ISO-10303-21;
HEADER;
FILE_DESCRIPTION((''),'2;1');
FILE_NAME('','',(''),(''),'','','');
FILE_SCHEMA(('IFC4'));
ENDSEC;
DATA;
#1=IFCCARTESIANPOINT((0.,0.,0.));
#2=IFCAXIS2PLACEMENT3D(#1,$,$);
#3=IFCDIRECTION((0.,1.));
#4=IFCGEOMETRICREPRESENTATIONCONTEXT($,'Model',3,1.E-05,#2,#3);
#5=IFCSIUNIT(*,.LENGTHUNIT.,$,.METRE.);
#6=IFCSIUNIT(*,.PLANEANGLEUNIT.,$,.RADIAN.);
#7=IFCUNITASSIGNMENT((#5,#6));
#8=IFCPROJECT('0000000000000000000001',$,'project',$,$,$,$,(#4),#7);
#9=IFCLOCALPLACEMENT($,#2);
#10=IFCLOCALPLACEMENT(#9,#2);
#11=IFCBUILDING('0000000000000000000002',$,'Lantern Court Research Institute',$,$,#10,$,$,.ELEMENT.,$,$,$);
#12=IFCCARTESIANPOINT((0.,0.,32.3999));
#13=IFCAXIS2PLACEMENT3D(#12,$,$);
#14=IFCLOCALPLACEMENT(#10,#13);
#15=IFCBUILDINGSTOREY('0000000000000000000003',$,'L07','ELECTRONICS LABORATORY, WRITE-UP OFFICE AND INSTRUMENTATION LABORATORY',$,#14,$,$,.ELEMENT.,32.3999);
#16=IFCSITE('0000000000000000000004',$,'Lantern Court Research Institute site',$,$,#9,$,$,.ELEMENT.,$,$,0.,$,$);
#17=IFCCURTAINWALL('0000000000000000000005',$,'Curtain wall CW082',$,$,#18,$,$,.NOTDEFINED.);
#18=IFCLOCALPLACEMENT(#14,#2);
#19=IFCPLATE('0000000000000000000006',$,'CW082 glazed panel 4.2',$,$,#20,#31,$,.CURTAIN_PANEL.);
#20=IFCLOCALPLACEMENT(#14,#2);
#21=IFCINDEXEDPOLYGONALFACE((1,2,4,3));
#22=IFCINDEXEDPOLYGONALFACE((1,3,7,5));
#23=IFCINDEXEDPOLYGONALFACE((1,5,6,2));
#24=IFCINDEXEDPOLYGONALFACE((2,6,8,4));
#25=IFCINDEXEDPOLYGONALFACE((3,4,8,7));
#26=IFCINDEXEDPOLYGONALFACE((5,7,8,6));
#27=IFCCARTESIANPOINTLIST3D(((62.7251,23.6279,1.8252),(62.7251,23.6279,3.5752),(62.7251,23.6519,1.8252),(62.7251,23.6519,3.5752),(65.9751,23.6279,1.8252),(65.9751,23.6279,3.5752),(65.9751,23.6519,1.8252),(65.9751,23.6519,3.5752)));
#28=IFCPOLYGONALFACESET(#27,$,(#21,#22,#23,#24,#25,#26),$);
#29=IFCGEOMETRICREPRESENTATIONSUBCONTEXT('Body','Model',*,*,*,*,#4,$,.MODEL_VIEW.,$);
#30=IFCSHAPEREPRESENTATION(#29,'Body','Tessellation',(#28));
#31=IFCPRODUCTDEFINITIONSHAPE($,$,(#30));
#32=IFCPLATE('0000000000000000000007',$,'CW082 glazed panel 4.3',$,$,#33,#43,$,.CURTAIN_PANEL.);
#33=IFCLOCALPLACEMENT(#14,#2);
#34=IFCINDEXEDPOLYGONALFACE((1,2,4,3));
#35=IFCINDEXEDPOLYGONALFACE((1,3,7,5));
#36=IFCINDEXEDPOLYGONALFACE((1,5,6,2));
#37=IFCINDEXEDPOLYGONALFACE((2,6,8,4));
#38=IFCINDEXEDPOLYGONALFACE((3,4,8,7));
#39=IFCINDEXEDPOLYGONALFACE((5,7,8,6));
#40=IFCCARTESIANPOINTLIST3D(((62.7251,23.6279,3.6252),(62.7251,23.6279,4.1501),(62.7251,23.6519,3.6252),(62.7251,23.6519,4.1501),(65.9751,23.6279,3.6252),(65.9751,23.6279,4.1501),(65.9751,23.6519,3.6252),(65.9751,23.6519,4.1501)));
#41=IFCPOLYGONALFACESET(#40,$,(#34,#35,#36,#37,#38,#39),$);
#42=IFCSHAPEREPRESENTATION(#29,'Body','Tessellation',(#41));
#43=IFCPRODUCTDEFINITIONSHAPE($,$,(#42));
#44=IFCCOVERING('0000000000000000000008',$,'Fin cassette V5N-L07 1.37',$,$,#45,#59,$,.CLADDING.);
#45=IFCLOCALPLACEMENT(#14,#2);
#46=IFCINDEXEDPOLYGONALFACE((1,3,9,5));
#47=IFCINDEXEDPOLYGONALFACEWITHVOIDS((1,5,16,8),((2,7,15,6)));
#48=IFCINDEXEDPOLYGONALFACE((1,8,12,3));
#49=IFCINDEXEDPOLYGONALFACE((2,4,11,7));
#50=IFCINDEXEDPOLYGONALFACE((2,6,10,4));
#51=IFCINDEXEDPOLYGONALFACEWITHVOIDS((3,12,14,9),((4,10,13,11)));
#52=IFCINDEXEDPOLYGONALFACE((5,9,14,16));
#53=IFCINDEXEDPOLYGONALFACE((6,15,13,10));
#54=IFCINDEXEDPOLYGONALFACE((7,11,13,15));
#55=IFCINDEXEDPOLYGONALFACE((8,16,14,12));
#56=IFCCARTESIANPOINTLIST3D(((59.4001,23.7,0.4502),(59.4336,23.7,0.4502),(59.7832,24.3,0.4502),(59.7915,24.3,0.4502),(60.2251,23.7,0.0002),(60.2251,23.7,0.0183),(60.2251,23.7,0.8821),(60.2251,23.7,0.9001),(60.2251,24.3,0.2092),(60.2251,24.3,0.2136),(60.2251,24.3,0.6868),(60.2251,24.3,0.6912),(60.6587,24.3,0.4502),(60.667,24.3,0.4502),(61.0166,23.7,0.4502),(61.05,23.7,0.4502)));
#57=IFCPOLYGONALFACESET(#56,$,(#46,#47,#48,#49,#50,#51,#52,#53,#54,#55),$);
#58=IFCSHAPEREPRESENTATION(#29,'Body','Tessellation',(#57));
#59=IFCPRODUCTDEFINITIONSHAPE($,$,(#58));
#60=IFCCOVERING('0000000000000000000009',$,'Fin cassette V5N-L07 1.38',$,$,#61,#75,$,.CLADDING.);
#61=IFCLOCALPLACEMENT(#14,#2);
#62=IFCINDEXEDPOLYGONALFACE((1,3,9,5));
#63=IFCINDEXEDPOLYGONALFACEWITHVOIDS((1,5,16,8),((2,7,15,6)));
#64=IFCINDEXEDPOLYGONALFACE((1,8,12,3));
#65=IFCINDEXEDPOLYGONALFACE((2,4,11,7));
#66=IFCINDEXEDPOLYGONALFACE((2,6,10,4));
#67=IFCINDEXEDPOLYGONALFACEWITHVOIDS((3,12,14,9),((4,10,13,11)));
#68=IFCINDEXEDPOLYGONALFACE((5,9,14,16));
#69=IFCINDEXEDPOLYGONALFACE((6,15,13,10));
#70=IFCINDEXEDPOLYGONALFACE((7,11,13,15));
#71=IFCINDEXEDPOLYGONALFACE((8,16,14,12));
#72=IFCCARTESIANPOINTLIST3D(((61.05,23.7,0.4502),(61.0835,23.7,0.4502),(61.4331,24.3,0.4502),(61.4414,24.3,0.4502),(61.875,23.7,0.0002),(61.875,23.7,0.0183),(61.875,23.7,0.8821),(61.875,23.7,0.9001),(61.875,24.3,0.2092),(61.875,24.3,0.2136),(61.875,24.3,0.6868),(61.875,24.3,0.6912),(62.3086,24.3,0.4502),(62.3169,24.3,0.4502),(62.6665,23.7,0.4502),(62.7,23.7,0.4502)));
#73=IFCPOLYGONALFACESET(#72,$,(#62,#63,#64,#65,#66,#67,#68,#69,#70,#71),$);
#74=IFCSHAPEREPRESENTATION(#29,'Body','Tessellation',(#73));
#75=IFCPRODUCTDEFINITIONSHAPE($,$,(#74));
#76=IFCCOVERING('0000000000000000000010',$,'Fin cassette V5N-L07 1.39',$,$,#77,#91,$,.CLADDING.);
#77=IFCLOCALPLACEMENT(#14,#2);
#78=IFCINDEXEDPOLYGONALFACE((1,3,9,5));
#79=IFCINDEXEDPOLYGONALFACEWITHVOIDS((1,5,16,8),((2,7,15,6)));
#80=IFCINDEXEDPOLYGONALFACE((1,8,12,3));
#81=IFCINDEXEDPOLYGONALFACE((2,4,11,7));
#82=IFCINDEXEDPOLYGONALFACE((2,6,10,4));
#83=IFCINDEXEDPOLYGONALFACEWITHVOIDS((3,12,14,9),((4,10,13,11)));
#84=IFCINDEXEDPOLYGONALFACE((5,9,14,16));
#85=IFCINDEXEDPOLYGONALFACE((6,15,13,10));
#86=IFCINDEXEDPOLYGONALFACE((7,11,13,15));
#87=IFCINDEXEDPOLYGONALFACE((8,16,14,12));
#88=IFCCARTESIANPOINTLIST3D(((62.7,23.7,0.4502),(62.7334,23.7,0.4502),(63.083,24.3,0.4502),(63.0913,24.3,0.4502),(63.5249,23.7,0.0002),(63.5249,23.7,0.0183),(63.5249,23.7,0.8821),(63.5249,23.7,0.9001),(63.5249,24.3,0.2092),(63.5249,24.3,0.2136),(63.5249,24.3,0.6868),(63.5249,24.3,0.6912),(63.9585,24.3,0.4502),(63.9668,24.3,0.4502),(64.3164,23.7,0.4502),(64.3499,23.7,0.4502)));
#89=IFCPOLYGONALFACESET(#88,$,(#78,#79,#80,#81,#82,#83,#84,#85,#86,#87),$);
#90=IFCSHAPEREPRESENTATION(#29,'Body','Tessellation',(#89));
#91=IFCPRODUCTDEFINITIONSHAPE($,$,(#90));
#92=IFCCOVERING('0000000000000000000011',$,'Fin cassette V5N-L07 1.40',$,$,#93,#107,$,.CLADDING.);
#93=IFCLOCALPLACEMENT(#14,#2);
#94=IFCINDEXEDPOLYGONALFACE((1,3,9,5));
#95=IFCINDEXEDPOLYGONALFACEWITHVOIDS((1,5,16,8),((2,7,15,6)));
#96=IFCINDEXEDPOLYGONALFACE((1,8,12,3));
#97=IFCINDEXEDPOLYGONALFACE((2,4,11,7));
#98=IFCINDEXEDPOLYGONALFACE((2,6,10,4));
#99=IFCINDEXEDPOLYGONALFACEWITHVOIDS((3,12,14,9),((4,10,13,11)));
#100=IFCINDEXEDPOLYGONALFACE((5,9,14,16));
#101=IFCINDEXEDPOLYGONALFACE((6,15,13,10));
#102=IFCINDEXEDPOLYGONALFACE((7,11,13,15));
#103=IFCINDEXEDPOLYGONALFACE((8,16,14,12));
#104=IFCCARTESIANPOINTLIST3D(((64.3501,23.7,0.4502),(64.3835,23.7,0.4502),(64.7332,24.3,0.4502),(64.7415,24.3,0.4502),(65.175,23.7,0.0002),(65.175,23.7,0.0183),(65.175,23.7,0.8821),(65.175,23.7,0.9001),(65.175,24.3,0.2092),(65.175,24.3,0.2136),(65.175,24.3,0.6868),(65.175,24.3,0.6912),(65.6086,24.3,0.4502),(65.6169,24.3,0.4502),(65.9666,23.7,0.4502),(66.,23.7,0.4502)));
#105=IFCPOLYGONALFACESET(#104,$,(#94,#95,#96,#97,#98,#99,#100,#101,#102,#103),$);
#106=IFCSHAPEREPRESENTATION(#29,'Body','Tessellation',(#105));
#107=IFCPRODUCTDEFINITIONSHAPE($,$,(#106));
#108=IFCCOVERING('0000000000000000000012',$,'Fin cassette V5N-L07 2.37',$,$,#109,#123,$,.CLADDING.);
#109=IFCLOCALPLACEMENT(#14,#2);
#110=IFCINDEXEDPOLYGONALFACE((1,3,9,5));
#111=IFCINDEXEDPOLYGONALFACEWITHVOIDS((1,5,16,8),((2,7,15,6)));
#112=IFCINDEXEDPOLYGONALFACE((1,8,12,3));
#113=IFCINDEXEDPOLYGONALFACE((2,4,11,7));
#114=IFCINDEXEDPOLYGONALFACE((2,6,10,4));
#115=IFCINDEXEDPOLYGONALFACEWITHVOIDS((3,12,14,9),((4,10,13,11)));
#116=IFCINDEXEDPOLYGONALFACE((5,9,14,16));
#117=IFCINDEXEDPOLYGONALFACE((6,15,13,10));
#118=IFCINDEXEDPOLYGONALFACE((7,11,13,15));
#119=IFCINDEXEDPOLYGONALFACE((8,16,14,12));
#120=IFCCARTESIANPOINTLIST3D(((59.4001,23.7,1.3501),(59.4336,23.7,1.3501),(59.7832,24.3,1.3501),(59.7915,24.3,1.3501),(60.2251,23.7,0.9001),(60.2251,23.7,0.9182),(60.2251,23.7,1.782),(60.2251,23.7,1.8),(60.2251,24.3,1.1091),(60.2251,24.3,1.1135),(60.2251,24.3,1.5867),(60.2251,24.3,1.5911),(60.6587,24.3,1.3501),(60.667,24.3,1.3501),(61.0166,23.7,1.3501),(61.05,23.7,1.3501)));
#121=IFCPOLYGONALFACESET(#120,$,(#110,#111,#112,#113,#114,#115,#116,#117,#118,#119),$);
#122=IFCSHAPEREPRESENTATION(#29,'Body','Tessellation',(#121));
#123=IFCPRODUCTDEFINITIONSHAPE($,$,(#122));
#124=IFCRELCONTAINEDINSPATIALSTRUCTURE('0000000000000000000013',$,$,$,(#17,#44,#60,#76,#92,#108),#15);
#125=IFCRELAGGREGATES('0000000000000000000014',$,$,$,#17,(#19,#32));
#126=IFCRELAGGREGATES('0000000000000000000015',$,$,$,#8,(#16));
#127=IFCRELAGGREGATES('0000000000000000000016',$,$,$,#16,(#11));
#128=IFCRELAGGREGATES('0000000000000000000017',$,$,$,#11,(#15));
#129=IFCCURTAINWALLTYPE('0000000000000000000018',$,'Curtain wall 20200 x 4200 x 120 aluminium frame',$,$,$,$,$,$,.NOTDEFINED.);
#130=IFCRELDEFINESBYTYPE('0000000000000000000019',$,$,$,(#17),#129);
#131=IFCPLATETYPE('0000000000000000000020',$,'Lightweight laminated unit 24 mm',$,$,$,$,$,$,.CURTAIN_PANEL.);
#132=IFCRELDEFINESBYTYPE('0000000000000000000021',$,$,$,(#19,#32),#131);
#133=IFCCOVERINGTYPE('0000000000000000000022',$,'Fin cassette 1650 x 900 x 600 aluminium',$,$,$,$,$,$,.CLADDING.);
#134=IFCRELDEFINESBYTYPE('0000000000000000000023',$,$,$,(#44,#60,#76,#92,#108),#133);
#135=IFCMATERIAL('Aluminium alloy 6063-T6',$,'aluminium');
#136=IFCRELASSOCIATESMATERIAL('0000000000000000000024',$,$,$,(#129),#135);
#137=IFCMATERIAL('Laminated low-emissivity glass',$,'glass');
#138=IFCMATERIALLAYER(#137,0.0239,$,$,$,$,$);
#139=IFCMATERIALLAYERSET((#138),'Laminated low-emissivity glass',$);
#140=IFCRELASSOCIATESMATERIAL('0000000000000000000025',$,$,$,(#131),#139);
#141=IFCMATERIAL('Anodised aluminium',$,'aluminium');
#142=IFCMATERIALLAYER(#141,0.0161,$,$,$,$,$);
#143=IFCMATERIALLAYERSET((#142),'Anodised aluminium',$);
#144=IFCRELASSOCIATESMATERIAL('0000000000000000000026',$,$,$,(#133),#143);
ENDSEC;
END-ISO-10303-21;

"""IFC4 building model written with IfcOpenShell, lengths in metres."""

from ifc_helpers import new_model, entity, si_unit, direction, frame, origin, origin_2d, place, context, subcontext, project, spatial, rectangle, extrude, material, layer, layer_set, type_object, element, aggregate, save


model = new_model("IFC4")

# Units and contexts
model_context = context("Model", 3, precision=1e-05, world=origin(), true_north=direction((0.0, 1.0)))
body_context = subcontext(model_context, "Body", "Model", "MODEL_VIEW")
ifc_project = project(units=[si_unit("LENGTHUNIT", "METRE"), si_unit("PLANEANGLEUNIT", "RADIAN")], contexts=[model_context])

# Site, building, storey
site_placement = place(None, origin())
site = spatial("IfcSite", under=ifc_project, at=site_placement, Name="Lantern Court Research Institute site", CompositionType="ELEMENT", RefElevation=0.0)
building_placement = place(site_placement, origin())
building = spatial("IfcBuilding", under=site, at=building_placement, Name="Lantern Court Research Institute", CompositionType="ELEMENT")
storey_placement = place(building_placement, frame((0.0, 0.0, 32.3999)))
storey = spatial("IfcBuildingStorey", under=building, at=storey_placement, Name="L07", Description="ELECTRONICS LABORATORY, WRITE-UP OFFICE AND INSTRUMENTATION LABORATORY", CompositionType="ELEMENT", Elevation=32.3999)

# Curtain wall, plates
ifc_material_1 = material(Name="Aluminium alloy 6063-T6", Category="aluminium")
curtain_wall_type = type_object("IfcCurtainWallType", Name="Curtain wall 20200 x 4200 x 120 aluminium frame", PredefinedType="NOTDEFINED", material=ifc_material_1)
curtain_wall_placement = place(storey_placement, origin())
curtain_wall = element("IfcCurtainWall", 1, at=curtain_wall_placement, inside=storey, type_object=curtain_wall_type, Name="Curtain wall CW082", PredefinedType="NOTDEFINED")
ifc_material_2 = material(Name="Laminated low-emissivity glass", Category="glass")
ifc_layer_1 = layer(ifc_material_2, 0.0239)
ifc_layer_set_1 = layer_set([ifc_layer_1], Name="Laminated low-emissivity glass")
plate_type = type_object("IfcPlateType", Name="Lightweight laminated unit 24 mm", PredefinedType="CURTAIN_PANEL", material=ifc_layer_set_1)
plate_1_placement = place(storey_placement, frame((64.3501, 23.6399, 1.8252), z_axis=(0.0, 0.0, 1.0), x_axis=(1.0, 0.0, 0.0)))
plate_1 = element("IfcPlate", 2, at=plate_1_placement, type_object=plate_type, Name="CW082 glazed panel 4.2", PredefinedType="CURTAIN_PANEL", context=body_context, shape_type="SweptSolid", body=[
    extrude(rectangle(XDim=3.25, YDim=0.0239, at=origin_2d()), origin(), (0.0, 0.0, 1.0), 1.75),
])
plate_2_placement = place(storey_placement, frame((64.3501, 23.6399, 3.6252), z_axis=(0.0, 0.0, 1.0), x_axis=(1.0, 0.0, 0.0)))
plate_2 = element("IfcPlate", 3, at=plate_2_placement, type_object=plate_type, Name="CW082 glazed panel 4.3", PredefinedType="CURTAIN_PANEL", context=body_context, shape_type="SweptSolid", body=[
    extrude(rectangle(XDim=3.25, YDim=0.0239, at=origin_2d()), origin(), (0.0, 0.0, 1.0), 0.5249),
])
aggregate(curtain_wall, [plate_1, plate_2])

# Coverings
ifc_material_3 = material(Name="Anodised aluminium", Category="aluminium")
ifc_layer_2 = layer(ifc_material_3, 0.0161)
ifc_layer_set_2 = layer_set([ifc_layer_2], Name="Anodised aluminium")
covering_type = type_object("IfcCoveringType", Name="Fin cassette 1650 x 900 x 600 aluminium", PredefinedType="CLADDING", material=ifc_layer_set_2)
covering_1_placement = place(storey_placement, frame((60.2251, 23.7, 0.4502), z_axis=(0.0, 1.0, 0.0), x_axis=(-1.0, 0.0, 0.0)))
cartesian_point_1 = entity("IfcCartesianPoint", [0.825, 0.0])
cartesian_point_2 = entity("IfcCartesianPoint", [0.7915, 0.0])
cartesian_point_3 = entity("IfcCartesianPoint", [0.4419, 0.0])
cartesian_point_4 = entity("IfcCartesianPoint", [0.4336, 0.0])
element("IfcCovering", 4, at=covering_1_placement, inside=storey, type_object=covering_type, Name="Fin cassette V5N-L07 1.37", PredefinedType="CLADDING", context=body_context, shape_type="SweptSolid", body=[
    entity("IfcExtrudedAreaSolidTapered", entity("IfcArbitraryProfileDefWithVoids", "AREA", None, entity("IfcPolyline", [cartesian_point_1, entity("IfcCartesianPoint", [0.0, 0.45]), entity("IfcCartesianPoint", [-0.825, 0.0]), entity("IfcCartesianPoint", [0.0, -0.45]), cartesian_point_1]), [entity("IfcPolyline", [cartesian_point_2, entity("IfcCartesianPoint", [0.0, 0.4319]), entity("IfcCartesianPoint", [-0.7915, 0.0]), entity("IfcCartesianPoint", [0.0, -0.4319]), cartesian_point_2])]), entity("IfcAxis2Placement3D", entity("IfcCartesianPoint", [0.0, 0.0, 0.0])), entity("IfcDirection", [0.0, 0.0, 1.0]), 0.6001, entity("IfcArbitraryProfileDefWithVoids", "AREA", None, entity("IfcPolyline", [cartesian_point_3, entity("IfcCartesianPoint", [0.0, 0.241]), entity("IfcCartesianPoint", [-0.4419, 0.0]), entity("IfcCartesianPoint", [0.0, -0.241]), cartesian_point_3]), [entity("IfcPolyline", [cartesian_point_4, entity("IfcCartesianPoint", [0.0, 0.2366]), entity("IfcCartesianPoint", [-0.4336, 0.0]), entity("IfcCartesianPoint", [0.0, -0.2366]), cartesian_point_4])])),
])
covering_2_placement = place(storey_placement, frame((61.875, 23.7, 0.4502), z_axis=(0.0, 1.0, 0.0), x_axis=(-1.0, 0.0, 0.0)))
cartesian_point_5 = entity("IfcCartesianPoint", [0.825, 0.0])
cartesian_point_6 = entity("IfcCartesianPoint", [0.7915, 0.0])
cartesian_point_7 = entity("IfcCartesianPoint", [0.4419, 0.0])
cartesian_point_8 = entity("IfcCartesianPoint", [0.4336, 0.0])
element("IfcCovering", 5, at=covering_2_placement, inside=storey, type_object=covering_type, Name="Fin cassette V5N-L07 1.38", PredefinedType="CLADDING", context=body_context, shape_type="SweptSolid", body=[
    entity("IfcExtrudedAreaSolidTapered", entity("IfcArbitraryProfileDefWithVoids", "AREA", None, entity("IfcPolyline", [cartesian_point_5, entity("IfcCartesianPoint", [0.0, 0.45]), entity("IfcCartesianPoint", [-0.825, 0.0]), entity("IfcCartesianPoint", [0.0, -0.45]), cartesian_point_5]), [entity("IfcPolyline", [cartesian_point_6, entity("IfcCartesianPoint", [0.0, 0.4319]), entity("IfcCartesianPoint", [-0.7915, 0.0]), entity("IfcCartesianPoint", [0.0, -0.4319]), cartesian_point_6])]), entity("IfcAxis2Placement3D", entity("IfcCartesianPoint", [0.0, 0.0, 0.0])), entity("IfcDirection", [0.0, 0.0, 1.0]), 0.6001, entity("IfcArbitraryProfileDefWithVoids", "AREA", None, entity("IfcPolyline", [cartesian_point_7, entity("IfcCartesianPoint", [0.0, 0.241]), entity("IfcCartesianPoint", [-0.4419, 0.0]), entity("IfcCartesianPoint", [0.0, -0.241]), cartesian_point_7]), [entity("IfcPolyline", [cartesian_point_8, entity("IfcCartesianPoint", [0.0, 0.2366]), entity("IfcCartesianPoint", [-0.4336, 0.0]), entity("IfcCartesianPoint", [0.0, -0.2366]), cartesian_point_8])])),
])
covering_3_placement = place(storey_placement, frame((63.5249, 23.7, 0.4502), z_axis=(0.0, 1.0, 0.0), x_axis=(-1.0, 0.0, 0.0)))
cartesian_point_9 = entity("IfcCartesianPoint", [0.825, 0.0])
cartesian_point_10 = entity("IfcCartesianPoint", [0.7915, 0.0])
cartesian_point_11 = entity("IfcCartesianPoint", [0.4419, 0.0])
cartesian_point_12 = entity("IfcCartesianPoint", [0.4336, 0.0])
element("IfcCovering", 6, at=covering_3_placement, inside=storey, type_object=covering_type, Name="Fin cassette V5N-L07 1.39", PredefinedType="CLADDING", context=body_context, shape_type="SweptSolid", body=[
    entity("IfcExtrudedAreaSolidTapered", entity("IfcArbitraryProfileDefWithVoids", "AREA", None, entity("IfcPolyline", [cartesian_point_9, entity("IfcCartesianPoint", [0.0, 0.45]), entity("IfcCartesianPoint", [-0.825, 0.0]), entity("IfcCartesianPoint", [0.0, -0.45]), cartesian_point_9]), [entity("IfcPolyline", [cartesian_point_10, entity("IfcCartesianPoint", [0.0, 0.4319]), entity("IfcCartesianPoint", [-0.7915, 0.0]), entity("IfcCartesianPoint", [0.0, -0.4319]), cartesian_point_10])]), entity("IfcAxis2Placement3D", entity("IfcCartesianPoint", [0.0, 0.0, 0.0])), entity("IfcDirection", [0.0, 0.0, 1.0]), 0.6001, entity("IfcArbitraryProfileDefWithVoids", "AREA", None, entity("IfcPolyline", [cartesian_point_11, entity("IfcCartesianPoint", [0.0, 0.241]), entity("IfcCartesianPoint", [-0.4419, 0.0]), entity("IfcCartesianPoint", [0.0, -0.241]), cartesian_point_11]), [entity("IfcPolyline", [cartesian_point_12, entity("IfcCartesianPoint", [0.0, 0.2366]), entity("IfcCartesianPoint", [-0.4336, 0.0]), entity("IfcCartesianPoint", [0.0, -0.2366]), cartesian_point_12])])),
])
covering_4_placement = place(storey_placement, frame((65.175, 23.7, 0.4502), z_axis=(0.0, 1.0, 0.0), x_axis=(-1.0, 0.0, 0.0)))
cartesian_point_13 = entity("IfcCartesianPoint", [0.825, 0.0])
cartesian_point_14 = entity("IfcCartesianPoint", [0.7915, 0.0])
cartesian_point_15 = entity("IfcCartesianPoint", [0.4419, 0.0])
cartesian_point_16 = entity("IfcCartesianPoint", [0.4336, 0.0])
element("IfcCovering", 7, at=covering_4_placement, inside=storey, type_object=covering_type, Name="Fin cassette V5N-L07 1.40", PredefinedType="CLADDING", context=body_context, shape_type="SweptSolid", body=[
    entity("IfcExtrudedAreaSolidTapered", entity("IfcArbitraryProfileDefWithVoids", "AREA", None, entity("IfcPolyline", [cartesian_point_13, entity("IfcCartesianPoint", [0.0, 0.45]), entity("IfcCartesianPoint", [-0.825, 0.0]), entity("IfcCartesianPoint", [0.0, -0.45]), cartesian_point_13]), [entity("IfcPolyline", [cartesian_point_14, entity("IfcCartesianPoint", [0.0, 0.4319]), entity("IfcCartesianPoint", [-0.7915, 0.0]), entity("IfcCartesianPoint", [0.0, -0.4319]), cartesian_point_14])]), entity("IfcAxis2Placement3D", entity("IfcCartesianPoint", [0.0, 0.0, 0.0])), entity("IfcDirection", [0.0, 0.0, 1.0]), 0.6001, entity("IfcArbitraryProfileDefWithVoids", "AREA", None, entity("IfcPolyline", [cartesian_point_15, entity("IfcCartesianPoint", [0.0, 0.241]), entity("IfcCartesianPoint", [-0.4419, 0.0]), entity("IfcCartesianPoint", [0.0, -0.241]), cartesian_point_15]), [entity("IfcPolyline", [cartesian_point_16, entity("IfcCartesianPoint", [0.0, 0.2366]), entity("IfcCartesianPoint", [-0.4336, 0.0]), entity("IfcCartesianPoint", [0.0, -0.2366]), cartesian_point_16])])),
])
covering_5_placement = place(storey_placement, frame((60.2251, 23.7, 1.3501), z_axis=(0.0, 1.0, 0.0), x_axis=(-1.0, 0.0, 0.0)))
cartesian_point_17 = entity("IfcCartesianPoint", [0.825, 0.0])
cartesian_point_18 = entity("IfcCartesianPoint", [0.7915, 0.0])
cartesian_point_19 = entity("IfcCartesianPoint", [0.4419, 0.0])
cartesian_point_20 = entity("IfcCartesianPoint", [0.4336, 0.0])
element("IfcCovering", 8, at=covering_5_placement, inside=storey, type_object=covering_type, Name="Fin cassette V5N-L07 2.37", PredefinedType="CLADDING", context=body_context, shape_type="SweptSolid", body=[
    entity("IfcExtrudedAreaSolidTapered", entity("IfcArbitraryProfileDefWithVoids", "AREA", None, entity("IfcPolyline", [cartesian_point_17, entity("IfcCartesianPoint", [0.0, 0.45]), entity("IfcCartesianPoint", [-0.825, 0.0]), entity("IfcCartesianPoint", [0.0, -0.45]), cartesian_point_17]), [entity("IfcPolyline", [cartesian_point_18, entity("IfcCartesianPoint", [0.0, 0.4319]), entity("IfcCartesianPoint", [-0.7915, 0.0]), entity("IfcCartesianPoint", [0.0, -0.4319]), cartesian_point_18])]), entity("IfcAxis2Placement3D", entity("IfcCartesianPoint", [0.0, 0.0, 0.0])), entity("IfcDirection", [0.0, 0.0, 1.0]), 0.6001, entity("IfcArbitraryProfileDefWithVoids", "AREA", None, entity("IfcPolyline", [cartesian_point_19, entity("IfcCartesianPoint", [0.0, 0.241]), entity("IfcCartesianPoint", [-0.4419, 0.0]), entity("IfcCartesianPoint", [0.0, -0.241]), cartesian_point_19]), [entity("IfcPolyline", [cartesian_point_20, entity("IfcCartesianPoint", [0.0, 0.2366]), entity("IfcCartesianPoint", [-0.4336, 0.0]), entity("IfcCartesianPoint", [0.0, -0.2366]), cartesian_point_20])])),
])

save(model, "model.ifc")
